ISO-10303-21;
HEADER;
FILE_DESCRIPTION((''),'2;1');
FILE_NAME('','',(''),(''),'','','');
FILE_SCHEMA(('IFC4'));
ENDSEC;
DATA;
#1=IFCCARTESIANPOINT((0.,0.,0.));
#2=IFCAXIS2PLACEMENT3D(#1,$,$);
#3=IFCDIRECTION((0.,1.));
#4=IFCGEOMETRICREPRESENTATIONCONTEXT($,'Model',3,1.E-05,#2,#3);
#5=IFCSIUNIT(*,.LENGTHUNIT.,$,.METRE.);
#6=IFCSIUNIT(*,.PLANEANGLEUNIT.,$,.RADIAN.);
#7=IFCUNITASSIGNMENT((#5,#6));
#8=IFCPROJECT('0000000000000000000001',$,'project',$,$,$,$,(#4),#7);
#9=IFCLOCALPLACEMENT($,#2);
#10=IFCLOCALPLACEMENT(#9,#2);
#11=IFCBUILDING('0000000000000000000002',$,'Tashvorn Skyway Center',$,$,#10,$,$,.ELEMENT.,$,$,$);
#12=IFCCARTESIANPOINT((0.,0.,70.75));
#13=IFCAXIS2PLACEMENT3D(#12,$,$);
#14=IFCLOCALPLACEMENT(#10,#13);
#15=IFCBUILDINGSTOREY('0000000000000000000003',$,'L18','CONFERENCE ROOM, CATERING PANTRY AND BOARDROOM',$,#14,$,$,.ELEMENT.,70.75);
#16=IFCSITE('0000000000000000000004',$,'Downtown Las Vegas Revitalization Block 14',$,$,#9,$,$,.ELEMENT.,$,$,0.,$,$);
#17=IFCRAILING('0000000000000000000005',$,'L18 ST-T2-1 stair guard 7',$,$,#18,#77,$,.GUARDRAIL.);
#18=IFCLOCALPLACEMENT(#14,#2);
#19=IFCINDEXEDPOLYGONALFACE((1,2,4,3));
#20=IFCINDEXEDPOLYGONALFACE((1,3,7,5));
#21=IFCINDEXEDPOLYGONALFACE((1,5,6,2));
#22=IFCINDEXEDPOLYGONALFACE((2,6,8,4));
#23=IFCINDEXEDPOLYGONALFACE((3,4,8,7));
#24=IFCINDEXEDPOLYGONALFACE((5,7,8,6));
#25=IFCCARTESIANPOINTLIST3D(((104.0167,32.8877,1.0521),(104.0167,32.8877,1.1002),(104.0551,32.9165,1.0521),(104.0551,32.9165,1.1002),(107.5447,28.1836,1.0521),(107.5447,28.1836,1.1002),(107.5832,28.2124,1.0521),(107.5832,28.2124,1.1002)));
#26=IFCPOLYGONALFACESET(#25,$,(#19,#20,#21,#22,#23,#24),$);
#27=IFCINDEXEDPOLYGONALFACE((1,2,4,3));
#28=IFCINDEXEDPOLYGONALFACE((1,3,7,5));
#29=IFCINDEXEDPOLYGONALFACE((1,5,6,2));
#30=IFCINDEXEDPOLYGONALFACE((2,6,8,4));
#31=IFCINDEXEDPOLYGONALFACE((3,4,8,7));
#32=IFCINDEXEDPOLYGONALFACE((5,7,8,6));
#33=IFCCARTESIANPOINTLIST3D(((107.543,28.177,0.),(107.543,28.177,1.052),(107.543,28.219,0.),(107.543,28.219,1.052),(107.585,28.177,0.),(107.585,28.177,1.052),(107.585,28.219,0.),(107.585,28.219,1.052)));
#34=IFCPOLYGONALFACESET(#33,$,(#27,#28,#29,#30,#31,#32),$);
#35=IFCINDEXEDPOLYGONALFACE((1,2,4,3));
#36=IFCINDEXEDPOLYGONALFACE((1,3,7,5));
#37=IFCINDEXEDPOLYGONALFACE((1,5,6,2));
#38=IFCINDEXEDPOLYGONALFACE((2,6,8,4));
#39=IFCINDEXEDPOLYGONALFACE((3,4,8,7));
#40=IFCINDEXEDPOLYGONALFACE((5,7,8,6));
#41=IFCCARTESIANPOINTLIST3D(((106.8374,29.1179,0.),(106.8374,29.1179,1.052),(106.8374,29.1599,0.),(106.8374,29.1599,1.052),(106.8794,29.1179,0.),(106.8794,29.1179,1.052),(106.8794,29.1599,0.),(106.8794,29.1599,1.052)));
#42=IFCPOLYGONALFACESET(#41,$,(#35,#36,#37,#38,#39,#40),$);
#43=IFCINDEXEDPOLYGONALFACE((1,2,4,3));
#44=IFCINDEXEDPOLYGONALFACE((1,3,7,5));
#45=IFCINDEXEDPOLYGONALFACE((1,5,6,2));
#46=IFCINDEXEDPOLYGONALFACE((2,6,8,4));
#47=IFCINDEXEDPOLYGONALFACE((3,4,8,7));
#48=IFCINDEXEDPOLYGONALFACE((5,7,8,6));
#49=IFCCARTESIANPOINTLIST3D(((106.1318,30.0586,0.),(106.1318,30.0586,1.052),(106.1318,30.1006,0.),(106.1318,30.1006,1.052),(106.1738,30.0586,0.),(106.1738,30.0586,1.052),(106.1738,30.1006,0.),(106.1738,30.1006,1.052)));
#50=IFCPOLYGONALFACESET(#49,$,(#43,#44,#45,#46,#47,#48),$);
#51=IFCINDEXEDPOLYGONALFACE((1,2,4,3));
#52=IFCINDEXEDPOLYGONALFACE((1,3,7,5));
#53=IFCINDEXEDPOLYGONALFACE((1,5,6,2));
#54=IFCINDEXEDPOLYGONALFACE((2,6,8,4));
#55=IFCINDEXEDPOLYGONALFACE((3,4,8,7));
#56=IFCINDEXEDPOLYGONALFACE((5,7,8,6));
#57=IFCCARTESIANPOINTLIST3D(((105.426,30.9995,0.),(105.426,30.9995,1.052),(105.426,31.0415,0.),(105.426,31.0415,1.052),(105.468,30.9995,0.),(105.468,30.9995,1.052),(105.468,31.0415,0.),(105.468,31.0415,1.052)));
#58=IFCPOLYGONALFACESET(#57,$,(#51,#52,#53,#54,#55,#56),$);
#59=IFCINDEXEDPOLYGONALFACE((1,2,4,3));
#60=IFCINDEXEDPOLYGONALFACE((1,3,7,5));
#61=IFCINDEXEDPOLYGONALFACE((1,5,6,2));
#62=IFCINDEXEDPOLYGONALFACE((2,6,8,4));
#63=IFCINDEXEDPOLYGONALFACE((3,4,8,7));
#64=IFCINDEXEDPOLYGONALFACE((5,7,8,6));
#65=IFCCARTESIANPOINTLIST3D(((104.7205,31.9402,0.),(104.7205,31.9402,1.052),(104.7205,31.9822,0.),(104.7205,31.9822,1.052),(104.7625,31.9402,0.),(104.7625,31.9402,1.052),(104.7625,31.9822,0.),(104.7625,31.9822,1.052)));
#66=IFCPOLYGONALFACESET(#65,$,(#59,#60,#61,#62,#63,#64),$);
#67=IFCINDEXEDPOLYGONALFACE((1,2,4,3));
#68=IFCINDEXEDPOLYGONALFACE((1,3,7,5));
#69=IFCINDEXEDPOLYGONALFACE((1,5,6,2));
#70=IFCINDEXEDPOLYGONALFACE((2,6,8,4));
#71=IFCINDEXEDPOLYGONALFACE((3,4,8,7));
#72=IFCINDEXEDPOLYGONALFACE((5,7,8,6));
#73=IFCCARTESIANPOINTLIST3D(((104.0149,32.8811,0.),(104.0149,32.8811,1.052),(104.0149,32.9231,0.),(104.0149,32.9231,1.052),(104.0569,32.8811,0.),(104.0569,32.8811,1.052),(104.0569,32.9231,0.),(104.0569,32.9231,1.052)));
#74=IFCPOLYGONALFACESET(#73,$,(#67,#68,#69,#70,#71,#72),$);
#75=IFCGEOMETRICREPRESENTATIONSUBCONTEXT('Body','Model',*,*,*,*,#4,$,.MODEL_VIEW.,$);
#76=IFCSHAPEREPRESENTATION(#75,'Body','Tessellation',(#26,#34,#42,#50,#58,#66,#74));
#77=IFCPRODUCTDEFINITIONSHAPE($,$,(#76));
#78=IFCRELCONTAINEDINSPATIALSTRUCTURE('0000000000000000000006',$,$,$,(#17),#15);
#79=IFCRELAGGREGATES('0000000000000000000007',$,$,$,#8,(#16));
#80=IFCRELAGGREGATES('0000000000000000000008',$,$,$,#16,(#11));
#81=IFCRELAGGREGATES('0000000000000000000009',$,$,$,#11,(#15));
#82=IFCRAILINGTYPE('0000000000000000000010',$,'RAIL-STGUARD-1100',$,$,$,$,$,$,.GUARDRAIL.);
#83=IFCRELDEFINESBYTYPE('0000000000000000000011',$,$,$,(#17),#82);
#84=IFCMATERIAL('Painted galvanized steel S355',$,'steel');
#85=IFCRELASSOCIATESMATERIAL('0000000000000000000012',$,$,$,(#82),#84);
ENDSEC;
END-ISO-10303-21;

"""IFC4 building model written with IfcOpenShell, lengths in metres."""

from ifc_helpers import new_model, si_unit, direction, frame, origin, origin_2d, place, context, subcontext, project, spatial, rectangle, extrude, material, type_object, element, save


model = new_model("IFC4")

# Units and contexts
model_context = context("Model", 3, precision=1e-05, world=origin(), true_north=direction((0.0, 1.0)))
body_context = subcontext(model_context, "Body", "Model", "MODEL_VIEW")
ifc_project = project(units=[si_unit("LENGTHUNIT", "METRE"), si_unit("PLANEANGLEUNIT", "RADIAN")], contexts=[model_context])

# Site, building, storey
site_placement = place(None, origin())
site = spatial("IfcSite", under=ifc_project, at=site_placement, Name="Downtown Las Vegas Revitalization Block 14", CompositionType="ELEMENT", RefElevation=0.0)
building_placement = place(site_placement, origin())
building = spatial("IfcBuilding", under=site, at=building_placement, Name="Tashvorn Skyway Center", CompositionType="ELEMENT")
storey_placement = place(building_placement, frame((0.0, 0.0, 70.75)))
storey = spatial("IfcBuildingStorey", under=building, at=storey_placement, Name="L18", Description="CONFERENCE ROOM, CATERING PANTRY AND BOARDROOM", CompositionType="ELEMENT", Elevation=70.75)

# Railing
ifc_material_1 = material(Name="Painted galvanized steel S355", Category="steel")
railing_type_1 = type_object("IfcRailingType", Name="RAIL-STGUARD-1100", PredefinedType="GUARDRAIL", material=ifc_material_1)
railing_1_placement = place(storey_placement, frame((107.564, 28.198, 0.0)))
element("IfcRailing", 1, at=railing_1_placement, inside=storey, type_object=railing_type_1, Name="L18 ST-T2-1 stair guard 7", PredefinedType="GUARDRAIL", context=body_context, shape_type="SweptSolid", body=[
    extrude(rectangle(XDim=0.0481, YDim=0.0481, at=origin_2d()), frame((0.0, 0.0, 1.0762), z_axis=(-0.6, 0.8, 0.0), x_axis=(-0.8, -0.6, 0.0)), (0.0, 0.0, 1.0), 5.8801),
    extrude(rectangle(XDim=0.042, YDim=0.042, at=origin_2d()), origin(), (0.0, 0.0, 1.0), 1.052),
    extrude(rectangle(XDim=0.042, YDim=0.042, at=origin_2d()), frame((-0.7056, 0.9409, 0.0)), (0.0, 0.0, 1.0), 1.052),
    extrude(rectangle(XDim=0.042, YDim=0.042, at=origin_2d()), frame((-1.4111, 1.8816, 0.0)), (0.0, 0.0, 1.0), 1.052),
    extrude(rectangle(XDim=0.042, YDim=0.042, at=origin_2d()), frame((-2.1169, 2.8225, 0.0)), (0.0, 0.0, 1.0), 1.052),
    extrude(rectangle(XDim=0.042, YDim=0.042, at=origin_2d()), frame((-2.8225, 3.7632, 0.0)), (0.0, 0.0, 1.0), 1.052),
    extrude(rectangle(XDim=0.042, YDim=0.042, at=origin_2d()), frame((-3.5281, 4.7041, 0.0)), (0.0, 0.0, 1.0), 1.052),
])

save(model, "model.ifc")
